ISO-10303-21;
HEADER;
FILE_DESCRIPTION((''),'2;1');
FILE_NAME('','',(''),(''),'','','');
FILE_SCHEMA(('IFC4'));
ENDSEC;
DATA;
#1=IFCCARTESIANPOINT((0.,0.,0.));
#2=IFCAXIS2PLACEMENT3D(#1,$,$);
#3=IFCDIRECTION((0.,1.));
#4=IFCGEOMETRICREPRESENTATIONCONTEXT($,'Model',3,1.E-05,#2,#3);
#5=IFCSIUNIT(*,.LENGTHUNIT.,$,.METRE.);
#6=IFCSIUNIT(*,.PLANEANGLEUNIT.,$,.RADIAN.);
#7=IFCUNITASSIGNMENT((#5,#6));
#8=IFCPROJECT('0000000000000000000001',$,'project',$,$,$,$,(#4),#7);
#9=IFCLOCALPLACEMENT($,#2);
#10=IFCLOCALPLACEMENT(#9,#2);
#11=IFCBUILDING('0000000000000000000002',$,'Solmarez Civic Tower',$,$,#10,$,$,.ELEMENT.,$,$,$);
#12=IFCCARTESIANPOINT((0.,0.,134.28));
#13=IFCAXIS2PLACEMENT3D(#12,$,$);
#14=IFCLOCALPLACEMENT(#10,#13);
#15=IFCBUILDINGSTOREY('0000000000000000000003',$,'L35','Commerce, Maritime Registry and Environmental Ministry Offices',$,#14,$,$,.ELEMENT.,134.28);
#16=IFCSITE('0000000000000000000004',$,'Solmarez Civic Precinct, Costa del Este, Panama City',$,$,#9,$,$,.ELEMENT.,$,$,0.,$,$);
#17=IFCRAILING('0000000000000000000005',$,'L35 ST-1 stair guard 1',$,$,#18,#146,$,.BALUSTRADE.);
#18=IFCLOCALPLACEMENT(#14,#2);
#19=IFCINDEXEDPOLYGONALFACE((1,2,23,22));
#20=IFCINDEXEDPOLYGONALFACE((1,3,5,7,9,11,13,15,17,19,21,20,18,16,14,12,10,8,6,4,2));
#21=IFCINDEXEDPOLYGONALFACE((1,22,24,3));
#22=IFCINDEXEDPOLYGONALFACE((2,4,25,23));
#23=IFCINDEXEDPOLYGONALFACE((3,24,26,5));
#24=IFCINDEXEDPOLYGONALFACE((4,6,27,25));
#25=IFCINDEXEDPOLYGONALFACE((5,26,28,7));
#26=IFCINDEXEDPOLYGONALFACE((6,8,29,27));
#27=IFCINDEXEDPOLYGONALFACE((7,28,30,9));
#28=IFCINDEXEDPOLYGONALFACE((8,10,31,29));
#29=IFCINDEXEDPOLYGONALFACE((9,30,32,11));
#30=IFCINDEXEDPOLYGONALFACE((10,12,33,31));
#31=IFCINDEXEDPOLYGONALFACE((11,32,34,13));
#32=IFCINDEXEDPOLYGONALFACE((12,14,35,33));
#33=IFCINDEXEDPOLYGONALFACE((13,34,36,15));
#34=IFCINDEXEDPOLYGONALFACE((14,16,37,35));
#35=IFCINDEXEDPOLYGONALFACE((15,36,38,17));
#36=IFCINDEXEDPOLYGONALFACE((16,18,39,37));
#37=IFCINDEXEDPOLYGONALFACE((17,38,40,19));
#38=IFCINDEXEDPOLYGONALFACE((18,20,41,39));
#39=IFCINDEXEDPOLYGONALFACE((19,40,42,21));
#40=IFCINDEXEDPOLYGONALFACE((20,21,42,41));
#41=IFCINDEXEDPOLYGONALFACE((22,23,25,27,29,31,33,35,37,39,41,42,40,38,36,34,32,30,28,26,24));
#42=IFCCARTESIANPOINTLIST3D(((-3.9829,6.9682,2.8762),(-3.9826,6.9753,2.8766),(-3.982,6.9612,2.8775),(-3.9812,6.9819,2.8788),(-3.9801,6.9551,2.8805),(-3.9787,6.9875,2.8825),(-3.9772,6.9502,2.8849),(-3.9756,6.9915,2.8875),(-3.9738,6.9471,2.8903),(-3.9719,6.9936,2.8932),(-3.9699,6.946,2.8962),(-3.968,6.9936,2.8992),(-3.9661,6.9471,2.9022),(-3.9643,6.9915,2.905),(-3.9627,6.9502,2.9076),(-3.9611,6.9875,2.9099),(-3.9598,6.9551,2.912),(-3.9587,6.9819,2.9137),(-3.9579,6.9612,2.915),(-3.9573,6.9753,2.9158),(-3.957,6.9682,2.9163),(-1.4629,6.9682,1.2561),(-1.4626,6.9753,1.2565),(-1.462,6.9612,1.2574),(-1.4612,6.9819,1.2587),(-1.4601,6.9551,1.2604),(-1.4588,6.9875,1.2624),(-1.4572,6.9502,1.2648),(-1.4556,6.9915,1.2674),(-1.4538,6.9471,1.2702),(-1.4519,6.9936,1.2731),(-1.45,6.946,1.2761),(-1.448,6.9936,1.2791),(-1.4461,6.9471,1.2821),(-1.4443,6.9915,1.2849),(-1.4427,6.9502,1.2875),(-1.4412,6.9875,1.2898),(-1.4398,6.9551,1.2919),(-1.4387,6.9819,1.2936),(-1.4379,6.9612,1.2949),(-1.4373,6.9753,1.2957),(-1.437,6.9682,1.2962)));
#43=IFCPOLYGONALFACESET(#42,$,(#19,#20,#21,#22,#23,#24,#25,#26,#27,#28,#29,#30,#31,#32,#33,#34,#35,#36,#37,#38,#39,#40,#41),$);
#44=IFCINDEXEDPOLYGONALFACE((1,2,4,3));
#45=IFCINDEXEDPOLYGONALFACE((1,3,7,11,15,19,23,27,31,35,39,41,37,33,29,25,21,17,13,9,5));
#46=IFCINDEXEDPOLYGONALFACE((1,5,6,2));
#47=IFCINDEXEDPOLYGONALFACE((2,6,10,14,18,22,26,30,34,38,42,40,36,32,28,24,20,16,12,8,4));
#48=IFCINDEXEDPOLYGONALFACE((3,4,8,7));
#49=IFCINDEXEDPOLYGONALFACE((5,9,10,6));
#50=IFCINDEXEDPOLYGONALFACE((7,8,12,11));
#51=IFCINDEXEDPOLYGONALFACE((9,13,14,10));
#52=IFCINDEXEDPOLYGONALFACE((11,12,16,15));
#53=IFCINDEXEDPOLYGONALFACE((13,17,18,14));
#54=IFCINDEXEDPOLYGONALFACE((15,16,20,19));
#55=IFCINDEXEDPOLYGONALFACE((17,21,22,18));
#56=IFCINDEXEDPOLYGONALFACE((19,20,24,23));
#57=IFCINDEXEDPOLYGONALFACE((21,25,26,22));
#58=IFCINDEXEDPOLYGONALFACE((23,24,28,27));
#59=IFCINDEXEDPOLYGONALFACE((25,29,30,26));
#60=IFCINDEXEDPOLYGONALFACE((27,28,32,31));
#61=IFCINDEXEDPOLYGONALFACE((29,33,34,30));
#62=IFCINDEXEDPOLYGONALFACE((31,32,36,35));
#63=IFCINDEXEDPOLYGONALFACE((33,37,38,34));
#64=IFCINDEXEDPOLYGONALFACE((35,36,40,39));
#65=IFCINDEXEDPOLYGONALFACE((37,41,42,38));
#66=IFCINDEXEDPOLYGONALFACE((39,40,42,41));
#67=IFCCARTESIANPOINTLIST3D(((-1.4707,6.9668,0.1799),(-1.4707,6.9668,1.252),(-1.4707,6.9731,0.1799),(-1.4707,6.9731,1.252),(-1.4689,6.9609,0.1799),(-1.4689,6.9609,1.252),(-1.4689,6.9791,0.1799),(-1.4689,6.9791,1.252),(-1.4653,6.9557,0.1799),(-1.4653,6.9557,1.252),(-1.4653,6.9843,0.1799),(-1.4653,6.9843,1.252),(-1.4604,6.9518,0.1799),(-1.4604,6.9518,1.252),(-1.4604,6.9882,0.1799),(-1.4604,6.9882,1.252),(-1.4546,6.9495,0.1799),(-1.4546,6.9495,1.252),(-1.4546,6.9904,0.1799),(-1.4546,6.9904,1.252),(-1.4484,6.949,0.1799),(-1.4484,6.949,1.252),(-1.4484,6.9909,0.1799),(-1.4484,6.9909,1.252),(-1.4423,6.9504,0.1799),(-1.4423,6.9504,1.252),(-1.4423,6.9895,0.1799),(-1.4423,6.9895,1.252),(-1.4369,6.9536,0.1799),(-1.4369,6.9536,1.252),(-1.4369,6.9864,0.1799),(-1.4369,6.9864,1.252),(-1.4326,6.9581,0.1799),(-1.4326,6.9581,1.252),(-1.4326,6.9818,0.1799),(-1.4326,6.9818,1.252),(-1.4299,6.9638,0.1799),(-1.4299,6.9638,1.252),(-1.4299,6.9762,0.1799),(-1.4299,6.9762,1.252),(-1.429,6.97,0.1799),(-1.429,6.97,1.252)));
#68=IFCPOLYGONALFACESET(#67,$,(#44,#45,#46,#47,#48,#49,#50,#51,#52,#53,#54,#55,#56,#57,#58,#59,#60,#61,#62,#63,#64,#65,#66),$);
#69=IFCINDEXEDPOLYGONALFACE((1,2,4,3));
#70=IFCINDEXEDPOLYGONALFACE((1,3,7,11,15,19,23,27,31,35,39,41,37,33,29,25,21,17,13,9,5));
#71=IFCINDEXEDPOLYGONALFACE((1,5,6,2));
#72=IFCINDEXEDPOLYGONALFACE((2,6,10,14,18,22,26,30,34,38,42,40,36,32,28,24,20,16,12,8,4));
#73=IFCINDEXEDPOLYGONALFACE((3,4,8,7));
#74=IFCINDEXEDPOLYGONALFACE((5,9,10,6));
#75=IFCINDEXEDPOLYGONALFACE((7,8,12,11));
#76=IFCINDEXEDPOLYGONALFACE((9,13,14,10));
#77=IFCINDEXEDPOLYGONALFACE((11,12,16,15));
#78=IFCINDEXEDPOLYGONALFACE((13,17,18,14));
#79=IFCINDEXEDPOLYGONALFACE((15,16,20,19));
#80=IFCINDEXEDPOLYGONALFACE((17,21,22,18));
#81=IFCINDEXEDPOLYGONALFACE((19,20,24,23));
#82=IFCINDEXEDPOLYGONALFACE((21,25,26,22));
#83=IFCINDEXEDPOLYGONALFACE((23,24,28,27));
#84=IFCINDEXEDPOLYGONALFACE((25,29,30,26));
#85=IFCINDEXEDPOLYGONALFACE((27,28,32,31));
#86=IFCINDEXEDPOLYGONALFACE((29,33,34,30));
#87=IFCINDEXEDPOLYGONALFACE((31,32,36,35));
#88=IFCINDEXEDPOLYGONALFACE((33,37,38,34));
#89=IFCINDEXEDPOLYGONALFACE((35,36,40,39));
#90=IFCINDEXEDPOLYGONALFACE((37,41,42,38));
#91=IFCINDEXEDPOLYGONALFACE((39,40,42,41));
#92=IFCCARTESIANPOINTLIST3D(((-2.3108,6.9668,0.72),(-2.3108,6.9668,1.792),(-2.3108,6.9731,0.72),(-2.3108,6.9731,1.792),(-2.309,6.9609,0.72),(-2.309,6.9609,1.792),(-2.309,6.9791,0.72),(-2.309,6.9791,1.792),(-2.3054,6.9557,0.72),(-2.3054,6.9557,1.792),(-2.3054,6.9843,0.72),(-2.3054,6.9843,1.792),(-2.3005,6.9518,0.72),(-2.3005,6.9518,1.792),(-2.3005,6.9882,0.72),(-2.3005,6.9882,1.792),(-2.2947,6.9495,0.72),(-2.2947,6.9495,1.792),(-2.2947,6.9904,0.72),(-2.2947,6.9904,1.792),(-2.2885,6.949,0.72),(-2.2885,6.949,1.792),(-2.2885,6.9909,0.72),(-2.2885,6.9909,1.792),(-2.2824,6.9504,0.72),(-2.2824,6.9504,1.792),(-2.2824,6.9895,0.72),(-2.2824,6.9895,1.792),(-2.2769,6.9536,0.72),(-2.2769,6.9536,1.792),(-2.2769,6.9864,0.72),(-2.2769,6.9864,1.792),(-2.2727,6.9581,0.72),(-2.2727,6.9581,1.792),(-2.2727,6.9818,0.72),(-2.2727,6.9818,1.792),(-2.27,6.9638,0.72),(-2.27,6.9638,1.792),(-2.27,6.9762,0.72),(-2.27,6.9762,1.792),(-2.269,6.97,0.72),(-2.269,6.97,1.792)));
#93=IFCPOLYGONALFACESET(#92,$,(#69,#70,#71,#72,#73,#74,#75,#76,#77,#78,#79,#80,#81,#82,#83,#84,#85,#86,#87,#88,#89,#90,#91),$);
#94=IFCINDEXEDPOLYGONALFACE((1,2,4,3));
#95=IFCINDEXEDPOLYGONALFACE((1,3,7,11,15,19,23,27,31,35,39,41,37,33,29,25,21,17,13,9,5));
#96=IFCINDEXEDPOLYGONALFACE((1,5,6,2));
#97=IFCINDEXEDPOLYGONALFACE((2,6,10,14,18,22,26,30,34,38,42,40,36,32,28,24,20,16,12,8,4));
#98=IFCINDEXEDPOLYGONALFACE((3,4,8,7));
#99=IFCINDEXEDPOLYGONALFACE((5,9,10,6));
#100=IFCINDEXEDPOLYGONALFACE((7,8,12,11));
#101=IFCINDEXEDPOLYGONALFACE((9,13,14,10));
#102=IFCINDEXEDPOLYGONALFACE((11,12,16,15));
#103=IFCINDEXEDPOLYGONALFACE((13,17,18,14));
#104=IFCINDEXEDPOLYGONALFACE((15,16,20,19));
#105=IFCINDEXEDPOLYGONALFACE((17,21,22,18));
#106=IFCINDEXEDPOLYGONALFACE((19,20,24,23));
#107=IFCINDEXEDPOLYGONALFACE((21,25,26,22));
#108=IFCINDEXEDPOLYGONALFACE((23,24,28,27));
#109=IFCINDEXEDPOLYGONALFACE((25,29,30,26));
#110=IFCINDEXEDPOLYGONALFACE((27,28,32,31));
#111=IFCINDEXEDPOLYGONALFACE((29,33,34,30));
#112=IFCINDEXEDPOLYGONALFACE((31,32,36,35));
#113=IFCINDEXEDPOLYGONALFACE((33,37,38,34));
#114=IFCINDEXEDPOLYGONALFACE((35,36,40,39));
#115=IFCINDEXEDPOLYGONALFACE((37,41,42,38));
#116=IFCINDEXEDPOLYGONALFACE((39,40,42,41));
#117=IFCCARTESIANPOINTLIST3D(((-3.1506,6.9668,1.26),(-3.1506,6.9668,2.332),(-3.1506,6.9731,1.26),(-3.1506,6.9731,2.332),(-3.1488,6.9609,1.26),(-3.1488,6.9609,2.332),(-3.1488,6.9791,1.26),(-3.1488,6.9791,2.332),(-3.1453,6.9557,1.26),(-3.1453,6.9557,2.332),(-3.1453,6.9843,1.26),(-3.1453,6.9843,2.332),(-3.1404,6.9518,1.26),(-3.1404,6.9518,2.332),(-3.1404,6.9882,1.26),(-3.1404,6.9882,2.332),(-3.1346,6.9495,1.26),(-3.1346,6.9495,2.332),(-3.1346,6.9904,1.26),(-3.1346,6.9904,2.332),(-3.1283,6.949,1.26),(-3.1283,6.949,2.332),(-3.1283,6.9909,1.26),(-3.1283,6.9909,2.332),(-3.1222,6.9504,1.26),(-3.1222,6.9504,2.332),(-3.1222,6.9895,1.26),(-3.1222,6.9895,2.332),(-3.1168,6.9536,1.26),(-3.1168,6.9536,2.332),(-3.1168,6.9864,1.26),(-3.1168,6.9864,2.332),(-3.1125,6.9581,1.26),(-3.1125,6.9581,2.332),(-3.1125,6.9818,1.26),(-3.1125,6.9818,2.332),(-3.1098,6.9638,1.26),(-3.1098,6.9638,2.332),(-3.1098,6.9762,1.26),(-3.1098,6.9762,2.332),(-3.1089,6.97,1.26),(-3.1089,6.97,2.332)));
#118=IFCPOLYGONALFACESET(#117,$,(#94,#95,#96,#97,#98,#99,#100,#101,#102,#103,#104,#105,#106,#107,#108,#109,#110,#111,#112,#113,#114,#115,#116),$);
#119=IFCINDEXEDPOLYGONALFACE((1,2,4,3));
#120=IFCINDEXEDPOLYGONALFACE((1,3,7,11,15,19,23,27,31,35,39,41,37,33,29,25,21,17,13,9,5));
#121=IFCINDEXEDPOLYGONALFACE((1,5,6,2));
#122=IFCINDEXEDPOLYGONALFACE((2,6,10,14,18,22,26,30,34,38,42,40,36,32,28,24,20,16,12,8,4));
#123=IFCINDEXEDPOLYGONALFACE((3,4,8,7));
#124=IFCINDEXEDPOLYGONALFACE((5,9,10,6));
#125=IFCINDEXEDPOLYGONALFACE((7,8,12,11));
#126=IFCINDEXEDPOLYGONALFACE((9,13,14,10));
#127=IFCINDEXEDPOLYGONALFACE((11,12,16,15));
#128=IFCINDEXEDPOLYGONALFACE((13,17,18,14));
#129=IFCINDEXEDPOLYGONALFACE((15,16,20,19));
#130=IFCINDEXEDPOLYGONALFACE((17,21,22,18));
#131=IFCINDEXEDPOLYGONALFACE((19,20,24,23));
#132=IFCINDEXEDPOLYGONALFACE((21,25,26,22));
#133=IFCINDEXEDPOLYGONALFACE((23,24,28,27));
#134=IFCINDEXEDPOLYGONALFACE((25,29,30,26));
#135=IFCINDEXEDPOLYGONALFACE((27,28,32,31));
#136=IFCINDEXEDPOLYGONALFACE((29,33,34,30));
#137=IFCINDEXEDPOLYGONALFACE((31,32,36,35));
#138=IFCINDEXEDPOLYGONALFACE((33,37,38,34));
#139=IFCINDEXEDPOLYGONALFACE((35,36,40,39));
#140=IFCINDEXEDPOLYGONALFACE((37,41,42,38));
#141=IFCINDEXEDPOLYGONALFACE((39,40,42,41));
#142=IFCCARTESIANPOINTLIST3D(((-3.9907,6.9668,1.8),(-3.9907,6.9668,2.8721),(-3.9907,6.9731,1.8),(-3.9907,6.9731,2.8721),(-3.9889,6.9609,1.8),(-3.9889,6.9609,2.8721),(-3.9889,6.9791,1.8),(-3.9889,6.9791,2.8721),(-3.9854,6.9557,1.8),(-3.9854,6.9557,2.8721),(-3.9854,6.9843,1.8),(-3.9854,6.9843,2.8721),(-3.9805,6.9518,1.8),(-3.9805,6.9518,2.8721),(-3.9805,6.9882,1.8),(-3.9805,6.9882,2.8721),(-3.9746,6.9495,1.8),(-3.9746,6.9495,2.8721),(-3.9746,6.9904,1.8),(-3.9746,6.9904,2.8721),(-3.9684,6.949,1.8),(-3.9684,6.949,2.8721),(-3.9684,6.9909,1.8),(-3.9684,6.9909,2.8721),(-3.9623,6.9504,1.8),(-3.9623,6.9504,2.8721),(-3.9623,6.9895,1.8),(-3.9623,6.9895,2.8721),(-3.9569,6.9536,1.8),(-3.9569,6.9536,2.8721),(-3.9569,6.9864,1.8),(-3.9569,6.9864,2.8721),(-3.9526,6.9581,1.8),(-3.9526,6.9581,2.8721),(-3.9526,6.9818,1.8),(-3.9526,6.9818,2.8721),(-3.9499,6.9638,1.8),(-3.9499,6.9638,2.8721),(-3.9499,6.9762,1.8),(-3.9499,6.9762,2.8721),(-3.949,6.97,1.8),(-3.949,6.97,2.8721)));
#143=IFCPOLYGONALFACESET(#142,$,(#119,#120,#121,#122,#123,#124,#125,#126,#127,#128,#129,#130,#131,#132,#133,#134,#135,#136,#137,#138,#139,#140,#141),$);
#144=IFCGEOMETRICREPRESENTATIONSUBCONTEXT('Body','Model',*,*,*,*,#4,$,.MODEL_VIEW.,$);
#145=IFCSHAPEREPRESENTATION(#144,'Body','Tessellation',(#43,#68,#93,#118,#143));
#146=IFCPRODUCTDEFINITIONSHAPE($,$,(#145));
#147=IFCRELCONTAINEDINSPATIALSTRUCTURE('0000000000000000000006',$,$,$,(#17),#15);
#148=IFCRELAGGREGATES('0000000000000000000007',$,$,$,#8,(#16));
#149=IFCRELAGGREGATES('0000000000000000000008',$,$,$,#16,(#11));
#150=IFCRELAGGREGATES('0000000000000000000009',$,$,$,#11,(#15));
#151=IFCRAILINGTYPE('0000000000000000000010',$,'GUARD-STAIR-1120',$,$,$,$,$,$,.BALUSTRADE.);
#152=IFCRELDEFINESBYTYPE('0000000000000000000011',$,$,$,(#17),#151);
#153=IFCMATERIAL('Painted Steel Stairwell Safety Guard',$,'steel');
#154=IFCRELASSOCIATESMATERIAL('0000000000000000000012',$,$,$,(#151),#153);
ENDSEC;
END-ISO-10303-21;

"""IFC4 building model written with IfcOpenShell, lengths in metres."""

from ifc_helpers import new_model, si_unit, direction, frame, origin, origin_2d, place, context, subcontext, project, spatial, circle, extrude, material, type_object, element, save


model = new_model("IFC4")

# Units and contexts
model_context = context("Model", 3, precision=1e-05, world=origin(), true_north=direction((0.0, 1.0)))
body_context = subcontext(model_context, "Body", "Model", "MODEL_VIEW")
ifc_project = project(units=[si_unit("LENGTHUNIT", "METRE"), si_unit("PLANEANGLEUNIT", "RADIAN")], contexts=[model_context])

# Site, building, storey
site_placement = place(None, origin())
site = spatial("IfcSite", under=ifc_project, at=site_placement, Name="Solmarez Civic Precinct, Costa del Este, Panama City", CompositionType="ELEMENT", RefElevation=0.0)
building_placement = place(site_placement, origin())
building = spatial("IfcBuilding", under=site, at=building_placement, Name="Solmarez Civic Tower", CompositionType="ELEMENT")
storey_placement = place(building_placement, frame((0.0, 0.0, 134.28)))
storey = spatial("IfcBuildingStorey", under=building, at=storey_placement, Name="L35", Description="Commerce, Maritime Registry and Environmental Ministry Offices", CompositionType="ELEMENT", Elevation=134.28)

# Railing
ifc_material_1 = material(Name="Painted Steel Stairwell Safety Guard", Category="steel")
railing_type = type_object("IfcRailingType", Name="GUARD-STAIR-1120", PredefinedType="BALUSTRADE", material=ifc_material_1)
railing_1_placement = place(storey_placement, frame((-1.45, 6.97, 0.1799)))
element("IfcRailing", 1, at=railing_1_placement, inside=storey, type_object=railing_type, Name="L35 ST-1 stair guard 1", PredefinedType="BALUSTRADE", context=body_context, shape_type="SweptSolid", body=[
    extrude(circle(Radius=0.0239, at=origin_2d()), frame((0.0, 0.0, 1.0962), z_axis=(-0.841163, 0.0, 0.540782), x_axis=(0.0, -1.0, 0.0)), (0.0, 0.0, 1.0), 2.9958),
    extrude(circle(Radius=0.021, at=origin_2d()), origin(), (0.0, 0.0, 1.0), 1.072),
    extrude(circle(Radius=0.021, at=origin_2d()), frame((-0.8401, 0.0, 0.54)), (0.0, 0.0, 1.0), 1.072),
    extrude(circle(Radius=0.021, at=origin_2d()), frame((-1.6799, 0.0, 1.0801)), (0.0, 0.0, 1.0), 1.072),
    extrude(circle(Radius=0.021, at=origin_2d()), frame((-2.52, 0.0, 1.6201)), (0.0, 0.0, 1.0), 1.072),
])

save(model, "model.ifc")
